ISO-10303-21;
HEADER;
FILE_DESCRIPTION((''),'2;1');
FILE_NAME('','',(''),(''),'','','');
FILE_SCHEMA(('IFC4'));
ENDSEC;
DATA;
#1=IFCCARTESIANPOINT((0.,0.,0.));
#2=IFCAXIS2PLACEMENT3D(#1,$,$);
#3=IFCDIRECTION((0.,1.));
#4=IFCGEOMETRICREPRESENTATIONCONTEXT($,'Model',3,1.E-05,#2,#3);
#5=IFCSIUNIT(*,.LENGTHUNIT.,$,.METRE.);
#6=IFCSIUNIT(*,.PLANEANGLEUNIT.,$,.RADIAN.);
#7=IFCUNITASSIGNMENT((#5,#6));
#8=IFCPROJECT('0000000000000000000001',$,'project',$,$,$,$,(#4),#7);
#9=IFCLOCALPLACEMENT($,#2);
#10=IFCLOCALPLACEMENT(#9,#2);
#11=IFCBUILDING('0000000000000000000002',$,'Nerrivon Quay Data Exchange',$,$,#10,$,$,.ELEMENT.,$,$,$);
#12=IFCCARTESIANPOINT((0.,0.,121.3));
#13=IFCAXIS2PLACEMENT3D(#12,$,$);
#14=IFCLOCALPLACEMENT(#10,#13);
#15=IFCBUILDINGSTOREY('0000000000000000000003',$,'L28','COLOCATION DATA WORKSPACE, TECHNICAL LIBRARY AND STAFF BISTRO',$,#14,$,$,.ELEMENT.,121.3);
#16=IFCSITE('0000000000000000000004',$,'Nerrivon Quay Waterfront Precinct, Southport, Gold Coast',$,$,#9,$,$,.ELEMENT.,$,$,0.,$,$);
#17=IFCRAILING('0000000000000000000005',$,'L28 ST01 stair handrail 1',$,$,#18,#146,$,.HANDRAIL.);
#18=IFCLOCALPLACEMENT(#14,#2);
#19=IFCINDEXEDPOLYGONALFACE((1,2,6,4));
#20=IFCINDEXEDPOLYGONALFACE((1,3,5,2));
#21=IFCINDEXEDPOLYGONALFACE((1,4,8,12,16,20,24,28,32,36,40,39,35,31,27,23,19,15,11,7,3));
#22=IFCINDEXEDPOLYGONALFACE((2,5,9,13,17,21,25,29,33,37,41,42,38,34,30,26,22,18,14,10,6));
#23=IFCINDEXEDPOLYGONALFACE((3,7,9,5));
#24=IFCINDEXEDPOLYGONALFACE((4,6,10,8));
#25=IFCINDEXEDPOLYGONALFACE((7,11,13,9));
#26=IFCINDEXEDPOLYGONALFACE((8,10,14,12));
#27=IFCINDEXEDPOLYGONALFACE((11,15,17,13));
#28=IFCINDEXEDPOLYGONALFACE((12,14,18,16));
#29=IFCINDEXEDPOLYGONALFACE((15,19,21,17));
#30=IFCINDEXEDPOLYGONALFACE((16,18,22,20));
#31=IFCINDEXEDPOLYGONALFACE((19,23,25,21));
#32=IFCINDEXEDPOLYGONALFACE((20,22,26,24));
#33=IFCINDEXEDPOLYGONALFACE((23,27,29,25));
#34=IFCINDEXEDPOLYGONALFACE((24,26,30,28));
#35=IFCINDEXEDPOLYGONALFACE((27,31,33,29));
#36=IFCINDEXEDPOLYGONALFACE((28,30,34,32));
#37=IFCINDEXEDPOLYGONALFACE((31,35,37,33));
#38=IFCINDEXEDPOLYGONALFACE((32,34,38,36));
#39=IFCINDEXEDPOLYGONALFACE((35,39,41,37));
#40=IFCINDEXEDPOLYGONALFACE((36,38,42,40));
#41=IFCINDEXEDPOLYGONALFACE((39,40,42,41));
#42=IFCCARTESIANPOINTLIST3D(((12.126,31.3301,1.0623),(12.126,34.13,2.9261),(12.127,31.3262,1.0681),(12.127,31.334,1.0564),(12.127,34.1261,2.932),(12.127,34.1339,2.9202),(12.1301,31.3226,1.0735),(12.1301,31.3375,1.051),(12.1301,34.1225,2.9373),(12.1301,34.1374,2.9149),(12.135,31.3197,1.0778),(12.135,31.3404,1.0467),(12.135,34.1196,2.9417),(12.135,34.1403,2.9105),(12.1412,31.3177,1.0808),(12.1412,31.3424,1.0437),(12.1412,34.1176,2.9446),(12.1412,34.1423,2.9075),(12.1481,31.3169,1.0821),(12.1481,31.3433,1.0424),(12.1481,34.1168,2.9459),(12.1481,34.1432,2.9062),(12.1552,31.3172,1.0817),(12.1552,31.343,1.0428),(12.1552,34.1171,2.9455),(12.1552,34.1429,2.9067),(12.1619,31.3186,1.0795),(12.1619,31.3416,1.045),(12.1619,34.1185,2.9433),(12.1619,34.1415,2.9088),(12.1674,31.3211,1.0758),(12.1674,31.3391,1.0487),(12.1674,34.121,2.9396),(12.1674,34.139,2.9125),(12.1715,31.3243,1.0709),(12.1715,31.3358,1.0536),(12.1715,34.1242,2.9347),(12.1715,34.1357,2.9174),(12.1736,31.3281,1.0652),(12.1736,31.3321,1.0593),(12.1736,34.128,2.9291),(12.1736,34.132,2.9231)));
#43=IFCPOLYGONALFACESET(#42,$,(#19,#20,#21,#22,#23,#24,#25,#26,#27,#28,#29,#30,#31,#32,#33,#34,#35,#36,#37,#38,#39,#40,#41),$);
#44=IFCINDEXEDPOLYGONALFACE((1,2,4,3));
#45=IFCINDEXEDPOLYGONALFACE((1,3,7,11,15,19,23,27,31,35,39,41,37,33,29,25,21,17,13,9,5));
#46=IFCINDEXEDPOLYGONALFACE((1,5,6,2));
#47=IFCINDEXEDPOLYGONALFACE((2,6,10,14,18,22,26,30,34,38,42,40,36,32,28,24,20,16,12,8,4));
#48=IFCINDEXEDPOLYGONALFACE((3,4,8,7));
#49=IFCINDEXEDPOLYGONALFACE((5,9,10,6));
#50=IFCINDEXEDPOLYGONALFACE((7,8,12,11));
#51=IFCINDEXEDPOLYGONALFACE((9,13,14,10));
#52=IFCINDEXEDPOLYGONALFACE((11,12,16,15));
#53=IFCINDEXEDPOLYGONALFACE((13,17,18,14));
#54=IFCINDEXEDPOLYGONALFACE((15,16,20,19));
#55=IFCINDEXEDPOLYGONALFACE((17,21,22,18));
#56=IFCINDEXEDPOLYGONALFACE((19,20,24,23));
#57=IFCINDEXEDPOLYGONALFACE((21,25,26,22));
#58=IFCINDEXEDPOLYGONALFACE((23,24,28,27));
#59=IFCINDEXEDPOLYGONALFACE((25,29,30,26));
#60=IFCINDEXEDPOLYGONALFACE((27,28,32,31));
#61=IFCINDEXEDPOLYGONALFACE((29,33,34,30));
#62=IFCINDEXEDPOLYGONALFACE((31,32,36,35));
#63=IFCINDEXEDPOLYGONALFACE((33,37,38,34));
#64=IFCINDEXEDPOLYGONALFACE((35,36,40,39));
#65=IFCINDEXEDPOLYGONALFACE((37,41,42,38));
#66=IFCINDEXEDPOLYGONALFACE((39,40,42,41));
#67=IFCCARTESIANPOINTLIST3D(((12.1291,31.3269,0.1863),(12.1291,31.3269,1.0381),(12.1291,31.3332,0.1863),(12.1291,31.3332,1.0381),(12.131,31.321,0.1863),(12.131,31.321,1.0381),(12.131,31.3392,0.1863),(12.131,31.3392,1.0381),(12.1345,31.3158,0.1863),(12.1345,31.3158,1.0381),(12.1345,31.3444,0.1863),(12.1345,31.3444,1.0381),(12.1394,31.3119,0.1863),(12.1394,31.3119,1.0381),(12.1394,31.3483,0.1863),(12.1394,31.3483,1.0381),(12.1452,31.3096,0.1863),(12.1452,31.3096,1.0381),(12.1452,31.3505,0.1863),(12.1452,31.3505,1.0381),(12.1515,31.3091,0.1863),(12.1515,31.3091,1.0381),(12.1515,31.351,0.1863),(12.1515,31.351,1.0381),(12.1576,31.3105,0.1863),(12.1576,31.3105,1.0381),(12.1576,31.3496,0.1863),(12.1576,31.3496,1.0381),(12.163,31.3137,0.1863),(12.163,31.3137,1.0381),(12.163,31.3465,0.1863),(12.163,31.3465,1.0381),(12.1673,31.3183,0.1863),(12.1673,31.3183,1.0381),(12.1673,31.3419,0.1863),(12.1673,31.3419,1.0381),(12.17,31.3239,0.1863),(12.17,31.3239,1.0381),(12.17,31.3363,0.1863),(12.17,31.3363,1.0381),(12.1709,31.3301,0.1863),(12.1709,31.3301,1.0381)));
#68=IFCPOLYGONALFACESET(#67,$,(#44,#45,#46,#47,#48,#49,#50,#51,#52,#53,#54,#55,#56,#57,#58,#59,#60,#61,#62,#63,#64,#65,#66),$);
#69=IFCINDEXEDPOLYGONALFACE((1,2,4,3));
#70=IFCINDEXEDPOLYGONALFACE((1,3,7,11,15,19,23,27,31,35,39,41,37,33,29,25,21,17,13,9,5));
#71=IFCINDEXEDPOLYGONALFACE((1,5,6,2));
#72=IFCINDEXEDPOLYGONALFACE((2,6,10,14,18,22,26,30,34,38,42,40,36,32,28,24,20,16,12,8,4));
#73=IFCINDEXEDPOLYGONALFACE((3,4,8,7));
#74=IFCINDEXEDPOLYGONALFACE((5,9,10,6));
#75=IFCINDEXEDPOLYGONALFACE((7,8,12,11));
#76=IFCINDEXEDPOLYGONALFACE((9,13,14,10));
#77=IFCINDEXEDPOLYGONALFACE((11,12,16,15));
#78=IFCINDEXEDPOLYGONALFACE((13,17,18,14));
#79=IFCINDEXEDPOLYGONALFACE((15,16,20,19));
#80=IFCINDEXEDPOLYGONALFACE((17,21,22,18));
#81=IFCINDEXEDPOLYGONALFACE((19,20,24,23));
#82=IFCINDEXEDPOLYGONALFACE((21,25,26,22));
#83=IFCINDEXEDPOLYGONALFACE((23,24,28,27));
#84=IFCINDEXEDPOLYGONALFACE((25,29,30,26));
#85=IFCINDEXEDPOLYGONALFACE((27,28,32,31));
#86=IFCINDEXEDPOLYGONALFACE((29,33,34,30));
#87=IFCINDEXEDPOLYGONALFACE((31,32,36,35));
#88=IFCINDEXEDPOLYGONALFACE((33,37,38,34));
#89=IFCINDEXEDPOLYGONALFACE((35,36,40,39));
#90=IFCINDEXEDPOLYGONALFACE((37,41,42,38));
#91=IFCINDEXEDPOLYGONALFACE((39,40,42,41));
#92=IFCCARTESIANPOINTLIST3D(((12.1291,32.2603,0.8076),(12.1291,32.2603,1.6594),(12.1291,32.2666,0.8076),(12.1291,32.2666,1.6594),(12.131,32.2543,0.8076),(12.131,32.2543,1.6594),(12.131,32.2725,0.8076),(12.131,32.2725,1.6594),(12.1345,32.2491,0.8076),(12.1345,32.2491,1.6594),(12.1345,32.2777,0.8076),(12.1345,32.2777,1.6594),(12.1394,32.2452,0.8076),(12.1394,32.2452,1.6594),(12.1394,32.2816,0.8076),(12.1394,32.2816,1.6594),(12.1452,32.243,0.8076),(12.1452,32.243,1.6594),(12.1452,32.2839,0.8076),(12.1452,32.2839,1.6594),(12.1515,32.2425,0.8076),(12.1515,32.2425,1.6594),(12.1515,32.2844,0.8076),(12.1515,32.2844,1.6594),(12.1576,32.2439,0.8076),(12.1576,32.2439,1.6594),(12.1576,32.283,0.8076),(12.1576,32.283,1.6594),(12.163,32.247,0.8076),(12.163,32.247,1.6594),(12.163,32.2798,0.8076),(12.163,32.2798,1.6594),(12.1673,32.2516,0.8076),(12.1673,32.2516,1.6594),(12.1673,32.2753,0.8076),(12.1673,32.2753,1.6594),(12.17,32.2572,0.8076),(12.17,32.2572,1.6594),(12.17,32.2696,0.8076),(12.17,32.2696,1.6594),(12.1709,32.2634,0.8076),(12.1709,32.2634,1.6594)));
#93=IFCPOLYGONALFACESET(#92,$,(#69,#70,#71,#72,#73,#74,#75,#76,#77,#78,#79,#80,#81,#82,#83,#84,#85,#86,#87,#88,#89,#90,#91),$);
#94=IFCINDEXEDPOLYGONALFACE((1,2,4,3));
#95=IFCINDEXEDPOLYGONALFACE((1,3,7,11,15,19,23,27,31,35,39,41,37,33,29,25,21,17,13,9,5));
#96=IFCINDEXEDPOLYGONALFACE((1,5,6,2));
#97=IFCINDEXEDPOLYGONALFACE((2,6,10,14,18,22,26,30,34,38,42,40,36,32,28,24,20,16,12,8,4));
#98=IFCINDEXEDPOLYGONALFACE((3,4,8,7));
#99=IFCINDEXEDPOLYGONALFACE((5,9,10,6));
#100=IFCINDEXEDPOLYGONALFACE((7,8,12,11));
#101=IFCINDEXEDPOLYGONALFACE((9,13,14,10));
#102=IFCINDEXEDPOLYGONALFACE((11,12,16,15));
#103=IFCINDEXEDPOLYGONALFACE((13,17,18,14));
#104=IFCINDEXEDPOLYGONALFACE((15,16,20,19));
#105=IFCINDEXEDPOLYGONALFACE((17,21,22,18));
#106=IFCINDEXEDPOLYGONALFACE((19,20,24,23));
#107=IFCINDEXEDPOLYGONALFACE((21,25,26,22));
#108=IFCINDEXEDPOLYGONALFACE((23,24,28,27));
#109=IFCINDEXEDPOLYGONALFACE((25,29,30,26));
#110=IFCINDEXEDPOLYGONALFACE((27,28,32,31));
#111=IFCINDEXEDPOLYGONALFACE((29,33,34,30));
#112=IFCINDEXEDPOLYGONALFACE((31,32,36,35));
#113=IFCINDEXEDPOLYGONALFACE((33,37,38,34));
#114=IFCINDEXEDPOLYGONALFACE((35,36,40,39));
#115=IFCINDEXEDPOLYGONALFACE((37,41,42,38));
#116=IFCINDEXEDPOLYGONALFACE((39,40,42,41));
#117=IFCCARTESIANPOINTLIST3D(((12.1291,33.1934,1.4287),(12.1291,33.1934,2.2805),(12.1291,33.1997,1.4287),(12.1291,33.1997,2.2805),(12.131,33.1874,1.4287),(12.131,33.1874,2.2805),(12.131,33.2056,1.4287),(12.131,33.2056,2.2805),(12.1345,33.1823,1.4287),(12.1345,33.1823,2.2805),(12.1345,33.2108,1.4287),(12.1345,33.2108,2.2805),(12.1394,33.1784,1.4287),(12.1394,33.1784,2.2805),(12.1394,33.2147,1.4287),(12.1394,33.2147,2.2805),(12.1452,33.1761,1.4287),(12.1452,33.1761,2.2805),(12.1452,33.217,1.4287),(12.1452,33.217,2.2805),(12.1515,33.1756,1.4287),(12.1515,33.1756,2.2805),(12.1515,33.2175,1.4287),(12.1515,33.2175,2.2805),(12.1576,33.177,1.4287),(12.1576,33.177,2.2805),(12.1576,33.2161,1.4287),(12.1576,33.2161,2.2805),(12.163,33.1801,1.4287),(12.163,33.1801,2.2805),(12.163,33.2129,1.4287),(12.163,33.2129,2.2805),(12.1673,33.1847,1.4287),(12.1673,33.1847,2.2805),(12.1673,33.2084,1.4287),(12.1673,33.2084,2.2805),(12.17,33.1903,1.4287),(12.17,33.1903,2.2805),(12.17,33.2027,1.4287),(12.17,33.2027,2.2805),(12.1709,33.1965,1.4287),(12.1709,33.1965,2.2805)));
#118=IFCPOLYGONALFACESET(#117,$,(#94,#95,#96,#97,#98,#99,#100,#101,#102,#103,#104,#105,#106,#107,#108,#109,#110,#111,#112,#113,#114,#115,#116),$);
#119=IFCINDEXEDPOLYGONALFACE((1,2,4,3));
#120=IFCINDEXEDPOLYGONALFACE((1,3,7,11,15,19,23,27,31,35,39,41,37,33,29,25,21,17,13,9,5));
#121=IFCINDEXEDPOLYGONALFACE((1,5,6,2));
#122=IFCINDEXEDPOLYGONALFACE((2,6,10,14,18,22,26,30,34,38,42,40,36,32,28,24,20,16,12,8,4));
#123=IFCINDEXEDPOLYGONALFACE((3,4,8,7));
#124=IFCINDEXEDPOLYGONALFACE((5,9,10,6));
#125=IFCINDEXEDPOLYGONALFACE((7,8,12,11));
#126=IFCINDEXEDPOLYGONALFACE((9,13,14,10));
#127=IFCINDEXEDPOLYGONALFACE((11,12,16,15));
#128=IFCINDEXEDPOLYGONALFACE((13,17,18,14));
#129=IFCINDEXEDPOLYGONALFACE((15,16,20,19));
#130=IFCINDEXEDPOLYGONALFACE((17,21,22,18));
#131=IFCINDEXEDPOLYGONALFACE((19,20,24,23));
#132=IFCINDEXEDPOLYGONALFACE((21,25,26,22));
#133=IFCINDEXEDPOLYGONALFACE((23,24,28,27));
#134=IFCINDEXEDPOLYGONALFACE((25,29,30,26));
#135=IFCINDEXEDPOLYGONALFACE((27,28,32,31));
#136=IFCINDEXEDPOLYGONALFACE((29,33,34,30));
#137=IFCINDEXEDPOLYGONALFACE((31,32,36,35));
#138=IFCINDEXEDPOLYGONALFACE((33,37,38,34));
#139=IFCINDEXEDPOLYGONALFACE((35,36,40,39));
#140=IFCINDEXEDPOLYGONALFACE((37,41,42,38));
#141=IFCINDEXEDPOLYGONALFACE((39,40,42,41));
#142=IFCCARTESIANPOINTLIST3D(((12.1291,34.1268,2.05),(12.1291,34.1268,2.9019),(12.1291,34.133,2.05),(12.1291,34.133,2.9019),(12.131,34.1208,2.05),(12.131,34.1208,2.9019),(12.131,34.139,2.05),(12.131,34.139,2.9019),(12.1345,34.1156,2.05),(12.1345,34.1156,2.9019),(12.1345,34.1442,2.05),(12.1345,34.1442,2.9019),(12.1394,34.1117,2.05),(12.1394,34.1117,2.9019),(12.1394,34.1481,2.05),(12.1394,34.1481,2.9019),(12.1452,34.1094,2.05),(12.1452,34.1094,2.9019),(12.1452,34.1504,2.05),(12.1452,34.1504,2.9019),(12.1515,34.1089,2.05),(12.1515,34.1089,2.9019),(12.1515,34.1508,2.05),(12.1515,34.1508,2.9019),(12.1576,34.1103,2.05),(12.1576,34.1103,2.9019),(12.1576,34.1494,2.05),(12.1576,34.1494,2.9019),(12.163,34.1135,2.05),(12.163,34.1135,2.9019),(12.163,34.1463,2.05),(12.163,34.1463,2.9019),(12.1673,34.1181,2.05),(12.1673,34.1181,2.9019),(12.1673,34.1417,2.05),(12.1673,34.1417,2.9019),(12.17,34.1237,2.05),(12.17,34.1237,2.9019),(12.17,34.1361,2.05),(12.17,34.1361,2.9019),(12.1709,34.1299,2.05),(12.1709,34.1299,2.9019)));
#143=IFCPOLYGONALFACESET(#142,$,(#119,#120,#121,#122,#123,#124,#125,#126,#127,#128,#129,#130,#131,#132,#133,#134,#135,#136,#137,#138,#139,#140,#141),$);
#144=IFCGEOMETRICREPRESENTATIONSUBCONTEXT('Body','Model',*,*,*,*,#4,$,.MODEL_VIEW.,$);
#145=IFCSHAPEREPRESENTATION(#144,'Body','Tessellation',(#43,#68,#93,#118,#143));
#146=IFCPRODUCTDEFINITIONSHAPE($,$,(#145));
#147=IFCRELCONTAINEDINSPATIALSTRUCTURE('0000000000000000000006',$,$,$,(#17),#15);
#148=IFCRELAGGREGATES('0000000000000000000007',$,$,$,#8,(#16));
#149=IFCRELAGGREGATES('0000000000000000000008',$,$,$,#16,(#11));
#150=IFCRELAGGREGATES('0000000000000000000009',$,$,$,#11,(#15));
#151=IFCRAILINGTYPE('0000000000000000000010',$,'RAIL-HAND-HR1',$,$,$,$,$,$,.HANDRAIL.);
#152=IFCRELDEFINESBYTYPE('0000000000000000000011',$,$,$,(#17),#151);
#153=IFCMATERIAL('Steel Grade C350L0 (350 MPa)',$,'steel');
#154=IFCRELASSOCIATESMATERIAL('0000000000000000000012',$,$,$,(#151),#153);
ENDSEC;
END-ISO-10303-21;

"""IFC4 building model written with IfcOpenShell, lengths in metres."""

from ifc_helpers import new_model, si_unit, direction, frame, origin, origin_2d, place, context, subcontext, project, spatial, circle, extrude, material, type_object, element, save


model = new_model("IFC4")

# Units and contexts
model_context = context("Model", 3, precision=1e-05, world=origin(), true_north=direction((0.0, 1.0)))
body_context = subcontext(model_context, "Body", "Model", "MODEL_VIEW")
ifc_project = project(units=[si_unit("LENGTHUNIT", "METRE"), si_unit("PLANEANGLEUNIT", "RADIAN")], contexts=[model_context])

# Site, building, storey
site_placement = place(None, origin())
site = spatial("IfcSite", under=ifc_project, at=site_placement, Name="Nerrivon Quay Waterfront Precinct, Southport, Gold Coast", CompositionType="ELEMENT", RefElevation=0.0)
building_placement = place(site_placement, origin())
building = spatial("IfcBuilding", under=site, at=building_placement, Name="Nerrivon Quay Data Exchange", CompositionType="ELEMENT")
storey_placement = place(building_placement, frame((0.0, 0.0, 121.3)))
storey = spatial("IfcBuildingStorey", under=building, at=storey_placement, Name="L28", Description="COLOCATION DATA WORKSPACE, TECHNICAL LIBRARY AND STAFF BISTRO", CompositionType="ELEMENT", Elevation=121.3)

# Railing
ifc_material_1 = material(Name="Steel Grade C350L0 (350 MPa)", Category="steel")
railing_type_1 = type_object("IfcRailingType", Name="RAIL-HAND-HR1", PredefinedType="HANDRAIL", material=ifc_material_1)
railing_1_placement = place(storey_placement, frame((12.1499, 31.3301, 0.1863)))
element("IfcRailing", 1, at=railing_1_placement, inside=storey, type_object=railing_type_1, Name="L28 ST01 stair handrail 1", PredefinedType="HANDRAIL", context=body_context, shape_type="SweptSolid", body=[
    extrude(circle(Radius=0.0239, at=origin_2d()), frame((0.0, 0.0, 0.876), z_axis=(0.0, 0.83243, 0.554131), x_axis=(-1.0, 0.0, 0.0)), (0.0, 0.0, 1.0), 3.3635),
    extrude(circle(Radius=0.021, at=origin_2d()), origin(), (0.0, 0.0, 1.0), 0.8518),
    extrude(circle(Radius=0.021, at=origin_2d()), frame((0.0, 0.9333, 0.6213)), (0.0, 0.0, 1.0), 0.8518),
    extrude(circle(Radius=0.021, at=origin_2d()), frame((0.0, 1.8665, 1.2424)), (0.0, 0.0, 1.0), 0.8518),
    extrude(circle(Radius=0.021, at=origin_2d()), frame((0.0, 2.7998, 1.8638)), (0.0, 0.0, 1.0), 0.8518),
])

save(model, "model.ifc")
